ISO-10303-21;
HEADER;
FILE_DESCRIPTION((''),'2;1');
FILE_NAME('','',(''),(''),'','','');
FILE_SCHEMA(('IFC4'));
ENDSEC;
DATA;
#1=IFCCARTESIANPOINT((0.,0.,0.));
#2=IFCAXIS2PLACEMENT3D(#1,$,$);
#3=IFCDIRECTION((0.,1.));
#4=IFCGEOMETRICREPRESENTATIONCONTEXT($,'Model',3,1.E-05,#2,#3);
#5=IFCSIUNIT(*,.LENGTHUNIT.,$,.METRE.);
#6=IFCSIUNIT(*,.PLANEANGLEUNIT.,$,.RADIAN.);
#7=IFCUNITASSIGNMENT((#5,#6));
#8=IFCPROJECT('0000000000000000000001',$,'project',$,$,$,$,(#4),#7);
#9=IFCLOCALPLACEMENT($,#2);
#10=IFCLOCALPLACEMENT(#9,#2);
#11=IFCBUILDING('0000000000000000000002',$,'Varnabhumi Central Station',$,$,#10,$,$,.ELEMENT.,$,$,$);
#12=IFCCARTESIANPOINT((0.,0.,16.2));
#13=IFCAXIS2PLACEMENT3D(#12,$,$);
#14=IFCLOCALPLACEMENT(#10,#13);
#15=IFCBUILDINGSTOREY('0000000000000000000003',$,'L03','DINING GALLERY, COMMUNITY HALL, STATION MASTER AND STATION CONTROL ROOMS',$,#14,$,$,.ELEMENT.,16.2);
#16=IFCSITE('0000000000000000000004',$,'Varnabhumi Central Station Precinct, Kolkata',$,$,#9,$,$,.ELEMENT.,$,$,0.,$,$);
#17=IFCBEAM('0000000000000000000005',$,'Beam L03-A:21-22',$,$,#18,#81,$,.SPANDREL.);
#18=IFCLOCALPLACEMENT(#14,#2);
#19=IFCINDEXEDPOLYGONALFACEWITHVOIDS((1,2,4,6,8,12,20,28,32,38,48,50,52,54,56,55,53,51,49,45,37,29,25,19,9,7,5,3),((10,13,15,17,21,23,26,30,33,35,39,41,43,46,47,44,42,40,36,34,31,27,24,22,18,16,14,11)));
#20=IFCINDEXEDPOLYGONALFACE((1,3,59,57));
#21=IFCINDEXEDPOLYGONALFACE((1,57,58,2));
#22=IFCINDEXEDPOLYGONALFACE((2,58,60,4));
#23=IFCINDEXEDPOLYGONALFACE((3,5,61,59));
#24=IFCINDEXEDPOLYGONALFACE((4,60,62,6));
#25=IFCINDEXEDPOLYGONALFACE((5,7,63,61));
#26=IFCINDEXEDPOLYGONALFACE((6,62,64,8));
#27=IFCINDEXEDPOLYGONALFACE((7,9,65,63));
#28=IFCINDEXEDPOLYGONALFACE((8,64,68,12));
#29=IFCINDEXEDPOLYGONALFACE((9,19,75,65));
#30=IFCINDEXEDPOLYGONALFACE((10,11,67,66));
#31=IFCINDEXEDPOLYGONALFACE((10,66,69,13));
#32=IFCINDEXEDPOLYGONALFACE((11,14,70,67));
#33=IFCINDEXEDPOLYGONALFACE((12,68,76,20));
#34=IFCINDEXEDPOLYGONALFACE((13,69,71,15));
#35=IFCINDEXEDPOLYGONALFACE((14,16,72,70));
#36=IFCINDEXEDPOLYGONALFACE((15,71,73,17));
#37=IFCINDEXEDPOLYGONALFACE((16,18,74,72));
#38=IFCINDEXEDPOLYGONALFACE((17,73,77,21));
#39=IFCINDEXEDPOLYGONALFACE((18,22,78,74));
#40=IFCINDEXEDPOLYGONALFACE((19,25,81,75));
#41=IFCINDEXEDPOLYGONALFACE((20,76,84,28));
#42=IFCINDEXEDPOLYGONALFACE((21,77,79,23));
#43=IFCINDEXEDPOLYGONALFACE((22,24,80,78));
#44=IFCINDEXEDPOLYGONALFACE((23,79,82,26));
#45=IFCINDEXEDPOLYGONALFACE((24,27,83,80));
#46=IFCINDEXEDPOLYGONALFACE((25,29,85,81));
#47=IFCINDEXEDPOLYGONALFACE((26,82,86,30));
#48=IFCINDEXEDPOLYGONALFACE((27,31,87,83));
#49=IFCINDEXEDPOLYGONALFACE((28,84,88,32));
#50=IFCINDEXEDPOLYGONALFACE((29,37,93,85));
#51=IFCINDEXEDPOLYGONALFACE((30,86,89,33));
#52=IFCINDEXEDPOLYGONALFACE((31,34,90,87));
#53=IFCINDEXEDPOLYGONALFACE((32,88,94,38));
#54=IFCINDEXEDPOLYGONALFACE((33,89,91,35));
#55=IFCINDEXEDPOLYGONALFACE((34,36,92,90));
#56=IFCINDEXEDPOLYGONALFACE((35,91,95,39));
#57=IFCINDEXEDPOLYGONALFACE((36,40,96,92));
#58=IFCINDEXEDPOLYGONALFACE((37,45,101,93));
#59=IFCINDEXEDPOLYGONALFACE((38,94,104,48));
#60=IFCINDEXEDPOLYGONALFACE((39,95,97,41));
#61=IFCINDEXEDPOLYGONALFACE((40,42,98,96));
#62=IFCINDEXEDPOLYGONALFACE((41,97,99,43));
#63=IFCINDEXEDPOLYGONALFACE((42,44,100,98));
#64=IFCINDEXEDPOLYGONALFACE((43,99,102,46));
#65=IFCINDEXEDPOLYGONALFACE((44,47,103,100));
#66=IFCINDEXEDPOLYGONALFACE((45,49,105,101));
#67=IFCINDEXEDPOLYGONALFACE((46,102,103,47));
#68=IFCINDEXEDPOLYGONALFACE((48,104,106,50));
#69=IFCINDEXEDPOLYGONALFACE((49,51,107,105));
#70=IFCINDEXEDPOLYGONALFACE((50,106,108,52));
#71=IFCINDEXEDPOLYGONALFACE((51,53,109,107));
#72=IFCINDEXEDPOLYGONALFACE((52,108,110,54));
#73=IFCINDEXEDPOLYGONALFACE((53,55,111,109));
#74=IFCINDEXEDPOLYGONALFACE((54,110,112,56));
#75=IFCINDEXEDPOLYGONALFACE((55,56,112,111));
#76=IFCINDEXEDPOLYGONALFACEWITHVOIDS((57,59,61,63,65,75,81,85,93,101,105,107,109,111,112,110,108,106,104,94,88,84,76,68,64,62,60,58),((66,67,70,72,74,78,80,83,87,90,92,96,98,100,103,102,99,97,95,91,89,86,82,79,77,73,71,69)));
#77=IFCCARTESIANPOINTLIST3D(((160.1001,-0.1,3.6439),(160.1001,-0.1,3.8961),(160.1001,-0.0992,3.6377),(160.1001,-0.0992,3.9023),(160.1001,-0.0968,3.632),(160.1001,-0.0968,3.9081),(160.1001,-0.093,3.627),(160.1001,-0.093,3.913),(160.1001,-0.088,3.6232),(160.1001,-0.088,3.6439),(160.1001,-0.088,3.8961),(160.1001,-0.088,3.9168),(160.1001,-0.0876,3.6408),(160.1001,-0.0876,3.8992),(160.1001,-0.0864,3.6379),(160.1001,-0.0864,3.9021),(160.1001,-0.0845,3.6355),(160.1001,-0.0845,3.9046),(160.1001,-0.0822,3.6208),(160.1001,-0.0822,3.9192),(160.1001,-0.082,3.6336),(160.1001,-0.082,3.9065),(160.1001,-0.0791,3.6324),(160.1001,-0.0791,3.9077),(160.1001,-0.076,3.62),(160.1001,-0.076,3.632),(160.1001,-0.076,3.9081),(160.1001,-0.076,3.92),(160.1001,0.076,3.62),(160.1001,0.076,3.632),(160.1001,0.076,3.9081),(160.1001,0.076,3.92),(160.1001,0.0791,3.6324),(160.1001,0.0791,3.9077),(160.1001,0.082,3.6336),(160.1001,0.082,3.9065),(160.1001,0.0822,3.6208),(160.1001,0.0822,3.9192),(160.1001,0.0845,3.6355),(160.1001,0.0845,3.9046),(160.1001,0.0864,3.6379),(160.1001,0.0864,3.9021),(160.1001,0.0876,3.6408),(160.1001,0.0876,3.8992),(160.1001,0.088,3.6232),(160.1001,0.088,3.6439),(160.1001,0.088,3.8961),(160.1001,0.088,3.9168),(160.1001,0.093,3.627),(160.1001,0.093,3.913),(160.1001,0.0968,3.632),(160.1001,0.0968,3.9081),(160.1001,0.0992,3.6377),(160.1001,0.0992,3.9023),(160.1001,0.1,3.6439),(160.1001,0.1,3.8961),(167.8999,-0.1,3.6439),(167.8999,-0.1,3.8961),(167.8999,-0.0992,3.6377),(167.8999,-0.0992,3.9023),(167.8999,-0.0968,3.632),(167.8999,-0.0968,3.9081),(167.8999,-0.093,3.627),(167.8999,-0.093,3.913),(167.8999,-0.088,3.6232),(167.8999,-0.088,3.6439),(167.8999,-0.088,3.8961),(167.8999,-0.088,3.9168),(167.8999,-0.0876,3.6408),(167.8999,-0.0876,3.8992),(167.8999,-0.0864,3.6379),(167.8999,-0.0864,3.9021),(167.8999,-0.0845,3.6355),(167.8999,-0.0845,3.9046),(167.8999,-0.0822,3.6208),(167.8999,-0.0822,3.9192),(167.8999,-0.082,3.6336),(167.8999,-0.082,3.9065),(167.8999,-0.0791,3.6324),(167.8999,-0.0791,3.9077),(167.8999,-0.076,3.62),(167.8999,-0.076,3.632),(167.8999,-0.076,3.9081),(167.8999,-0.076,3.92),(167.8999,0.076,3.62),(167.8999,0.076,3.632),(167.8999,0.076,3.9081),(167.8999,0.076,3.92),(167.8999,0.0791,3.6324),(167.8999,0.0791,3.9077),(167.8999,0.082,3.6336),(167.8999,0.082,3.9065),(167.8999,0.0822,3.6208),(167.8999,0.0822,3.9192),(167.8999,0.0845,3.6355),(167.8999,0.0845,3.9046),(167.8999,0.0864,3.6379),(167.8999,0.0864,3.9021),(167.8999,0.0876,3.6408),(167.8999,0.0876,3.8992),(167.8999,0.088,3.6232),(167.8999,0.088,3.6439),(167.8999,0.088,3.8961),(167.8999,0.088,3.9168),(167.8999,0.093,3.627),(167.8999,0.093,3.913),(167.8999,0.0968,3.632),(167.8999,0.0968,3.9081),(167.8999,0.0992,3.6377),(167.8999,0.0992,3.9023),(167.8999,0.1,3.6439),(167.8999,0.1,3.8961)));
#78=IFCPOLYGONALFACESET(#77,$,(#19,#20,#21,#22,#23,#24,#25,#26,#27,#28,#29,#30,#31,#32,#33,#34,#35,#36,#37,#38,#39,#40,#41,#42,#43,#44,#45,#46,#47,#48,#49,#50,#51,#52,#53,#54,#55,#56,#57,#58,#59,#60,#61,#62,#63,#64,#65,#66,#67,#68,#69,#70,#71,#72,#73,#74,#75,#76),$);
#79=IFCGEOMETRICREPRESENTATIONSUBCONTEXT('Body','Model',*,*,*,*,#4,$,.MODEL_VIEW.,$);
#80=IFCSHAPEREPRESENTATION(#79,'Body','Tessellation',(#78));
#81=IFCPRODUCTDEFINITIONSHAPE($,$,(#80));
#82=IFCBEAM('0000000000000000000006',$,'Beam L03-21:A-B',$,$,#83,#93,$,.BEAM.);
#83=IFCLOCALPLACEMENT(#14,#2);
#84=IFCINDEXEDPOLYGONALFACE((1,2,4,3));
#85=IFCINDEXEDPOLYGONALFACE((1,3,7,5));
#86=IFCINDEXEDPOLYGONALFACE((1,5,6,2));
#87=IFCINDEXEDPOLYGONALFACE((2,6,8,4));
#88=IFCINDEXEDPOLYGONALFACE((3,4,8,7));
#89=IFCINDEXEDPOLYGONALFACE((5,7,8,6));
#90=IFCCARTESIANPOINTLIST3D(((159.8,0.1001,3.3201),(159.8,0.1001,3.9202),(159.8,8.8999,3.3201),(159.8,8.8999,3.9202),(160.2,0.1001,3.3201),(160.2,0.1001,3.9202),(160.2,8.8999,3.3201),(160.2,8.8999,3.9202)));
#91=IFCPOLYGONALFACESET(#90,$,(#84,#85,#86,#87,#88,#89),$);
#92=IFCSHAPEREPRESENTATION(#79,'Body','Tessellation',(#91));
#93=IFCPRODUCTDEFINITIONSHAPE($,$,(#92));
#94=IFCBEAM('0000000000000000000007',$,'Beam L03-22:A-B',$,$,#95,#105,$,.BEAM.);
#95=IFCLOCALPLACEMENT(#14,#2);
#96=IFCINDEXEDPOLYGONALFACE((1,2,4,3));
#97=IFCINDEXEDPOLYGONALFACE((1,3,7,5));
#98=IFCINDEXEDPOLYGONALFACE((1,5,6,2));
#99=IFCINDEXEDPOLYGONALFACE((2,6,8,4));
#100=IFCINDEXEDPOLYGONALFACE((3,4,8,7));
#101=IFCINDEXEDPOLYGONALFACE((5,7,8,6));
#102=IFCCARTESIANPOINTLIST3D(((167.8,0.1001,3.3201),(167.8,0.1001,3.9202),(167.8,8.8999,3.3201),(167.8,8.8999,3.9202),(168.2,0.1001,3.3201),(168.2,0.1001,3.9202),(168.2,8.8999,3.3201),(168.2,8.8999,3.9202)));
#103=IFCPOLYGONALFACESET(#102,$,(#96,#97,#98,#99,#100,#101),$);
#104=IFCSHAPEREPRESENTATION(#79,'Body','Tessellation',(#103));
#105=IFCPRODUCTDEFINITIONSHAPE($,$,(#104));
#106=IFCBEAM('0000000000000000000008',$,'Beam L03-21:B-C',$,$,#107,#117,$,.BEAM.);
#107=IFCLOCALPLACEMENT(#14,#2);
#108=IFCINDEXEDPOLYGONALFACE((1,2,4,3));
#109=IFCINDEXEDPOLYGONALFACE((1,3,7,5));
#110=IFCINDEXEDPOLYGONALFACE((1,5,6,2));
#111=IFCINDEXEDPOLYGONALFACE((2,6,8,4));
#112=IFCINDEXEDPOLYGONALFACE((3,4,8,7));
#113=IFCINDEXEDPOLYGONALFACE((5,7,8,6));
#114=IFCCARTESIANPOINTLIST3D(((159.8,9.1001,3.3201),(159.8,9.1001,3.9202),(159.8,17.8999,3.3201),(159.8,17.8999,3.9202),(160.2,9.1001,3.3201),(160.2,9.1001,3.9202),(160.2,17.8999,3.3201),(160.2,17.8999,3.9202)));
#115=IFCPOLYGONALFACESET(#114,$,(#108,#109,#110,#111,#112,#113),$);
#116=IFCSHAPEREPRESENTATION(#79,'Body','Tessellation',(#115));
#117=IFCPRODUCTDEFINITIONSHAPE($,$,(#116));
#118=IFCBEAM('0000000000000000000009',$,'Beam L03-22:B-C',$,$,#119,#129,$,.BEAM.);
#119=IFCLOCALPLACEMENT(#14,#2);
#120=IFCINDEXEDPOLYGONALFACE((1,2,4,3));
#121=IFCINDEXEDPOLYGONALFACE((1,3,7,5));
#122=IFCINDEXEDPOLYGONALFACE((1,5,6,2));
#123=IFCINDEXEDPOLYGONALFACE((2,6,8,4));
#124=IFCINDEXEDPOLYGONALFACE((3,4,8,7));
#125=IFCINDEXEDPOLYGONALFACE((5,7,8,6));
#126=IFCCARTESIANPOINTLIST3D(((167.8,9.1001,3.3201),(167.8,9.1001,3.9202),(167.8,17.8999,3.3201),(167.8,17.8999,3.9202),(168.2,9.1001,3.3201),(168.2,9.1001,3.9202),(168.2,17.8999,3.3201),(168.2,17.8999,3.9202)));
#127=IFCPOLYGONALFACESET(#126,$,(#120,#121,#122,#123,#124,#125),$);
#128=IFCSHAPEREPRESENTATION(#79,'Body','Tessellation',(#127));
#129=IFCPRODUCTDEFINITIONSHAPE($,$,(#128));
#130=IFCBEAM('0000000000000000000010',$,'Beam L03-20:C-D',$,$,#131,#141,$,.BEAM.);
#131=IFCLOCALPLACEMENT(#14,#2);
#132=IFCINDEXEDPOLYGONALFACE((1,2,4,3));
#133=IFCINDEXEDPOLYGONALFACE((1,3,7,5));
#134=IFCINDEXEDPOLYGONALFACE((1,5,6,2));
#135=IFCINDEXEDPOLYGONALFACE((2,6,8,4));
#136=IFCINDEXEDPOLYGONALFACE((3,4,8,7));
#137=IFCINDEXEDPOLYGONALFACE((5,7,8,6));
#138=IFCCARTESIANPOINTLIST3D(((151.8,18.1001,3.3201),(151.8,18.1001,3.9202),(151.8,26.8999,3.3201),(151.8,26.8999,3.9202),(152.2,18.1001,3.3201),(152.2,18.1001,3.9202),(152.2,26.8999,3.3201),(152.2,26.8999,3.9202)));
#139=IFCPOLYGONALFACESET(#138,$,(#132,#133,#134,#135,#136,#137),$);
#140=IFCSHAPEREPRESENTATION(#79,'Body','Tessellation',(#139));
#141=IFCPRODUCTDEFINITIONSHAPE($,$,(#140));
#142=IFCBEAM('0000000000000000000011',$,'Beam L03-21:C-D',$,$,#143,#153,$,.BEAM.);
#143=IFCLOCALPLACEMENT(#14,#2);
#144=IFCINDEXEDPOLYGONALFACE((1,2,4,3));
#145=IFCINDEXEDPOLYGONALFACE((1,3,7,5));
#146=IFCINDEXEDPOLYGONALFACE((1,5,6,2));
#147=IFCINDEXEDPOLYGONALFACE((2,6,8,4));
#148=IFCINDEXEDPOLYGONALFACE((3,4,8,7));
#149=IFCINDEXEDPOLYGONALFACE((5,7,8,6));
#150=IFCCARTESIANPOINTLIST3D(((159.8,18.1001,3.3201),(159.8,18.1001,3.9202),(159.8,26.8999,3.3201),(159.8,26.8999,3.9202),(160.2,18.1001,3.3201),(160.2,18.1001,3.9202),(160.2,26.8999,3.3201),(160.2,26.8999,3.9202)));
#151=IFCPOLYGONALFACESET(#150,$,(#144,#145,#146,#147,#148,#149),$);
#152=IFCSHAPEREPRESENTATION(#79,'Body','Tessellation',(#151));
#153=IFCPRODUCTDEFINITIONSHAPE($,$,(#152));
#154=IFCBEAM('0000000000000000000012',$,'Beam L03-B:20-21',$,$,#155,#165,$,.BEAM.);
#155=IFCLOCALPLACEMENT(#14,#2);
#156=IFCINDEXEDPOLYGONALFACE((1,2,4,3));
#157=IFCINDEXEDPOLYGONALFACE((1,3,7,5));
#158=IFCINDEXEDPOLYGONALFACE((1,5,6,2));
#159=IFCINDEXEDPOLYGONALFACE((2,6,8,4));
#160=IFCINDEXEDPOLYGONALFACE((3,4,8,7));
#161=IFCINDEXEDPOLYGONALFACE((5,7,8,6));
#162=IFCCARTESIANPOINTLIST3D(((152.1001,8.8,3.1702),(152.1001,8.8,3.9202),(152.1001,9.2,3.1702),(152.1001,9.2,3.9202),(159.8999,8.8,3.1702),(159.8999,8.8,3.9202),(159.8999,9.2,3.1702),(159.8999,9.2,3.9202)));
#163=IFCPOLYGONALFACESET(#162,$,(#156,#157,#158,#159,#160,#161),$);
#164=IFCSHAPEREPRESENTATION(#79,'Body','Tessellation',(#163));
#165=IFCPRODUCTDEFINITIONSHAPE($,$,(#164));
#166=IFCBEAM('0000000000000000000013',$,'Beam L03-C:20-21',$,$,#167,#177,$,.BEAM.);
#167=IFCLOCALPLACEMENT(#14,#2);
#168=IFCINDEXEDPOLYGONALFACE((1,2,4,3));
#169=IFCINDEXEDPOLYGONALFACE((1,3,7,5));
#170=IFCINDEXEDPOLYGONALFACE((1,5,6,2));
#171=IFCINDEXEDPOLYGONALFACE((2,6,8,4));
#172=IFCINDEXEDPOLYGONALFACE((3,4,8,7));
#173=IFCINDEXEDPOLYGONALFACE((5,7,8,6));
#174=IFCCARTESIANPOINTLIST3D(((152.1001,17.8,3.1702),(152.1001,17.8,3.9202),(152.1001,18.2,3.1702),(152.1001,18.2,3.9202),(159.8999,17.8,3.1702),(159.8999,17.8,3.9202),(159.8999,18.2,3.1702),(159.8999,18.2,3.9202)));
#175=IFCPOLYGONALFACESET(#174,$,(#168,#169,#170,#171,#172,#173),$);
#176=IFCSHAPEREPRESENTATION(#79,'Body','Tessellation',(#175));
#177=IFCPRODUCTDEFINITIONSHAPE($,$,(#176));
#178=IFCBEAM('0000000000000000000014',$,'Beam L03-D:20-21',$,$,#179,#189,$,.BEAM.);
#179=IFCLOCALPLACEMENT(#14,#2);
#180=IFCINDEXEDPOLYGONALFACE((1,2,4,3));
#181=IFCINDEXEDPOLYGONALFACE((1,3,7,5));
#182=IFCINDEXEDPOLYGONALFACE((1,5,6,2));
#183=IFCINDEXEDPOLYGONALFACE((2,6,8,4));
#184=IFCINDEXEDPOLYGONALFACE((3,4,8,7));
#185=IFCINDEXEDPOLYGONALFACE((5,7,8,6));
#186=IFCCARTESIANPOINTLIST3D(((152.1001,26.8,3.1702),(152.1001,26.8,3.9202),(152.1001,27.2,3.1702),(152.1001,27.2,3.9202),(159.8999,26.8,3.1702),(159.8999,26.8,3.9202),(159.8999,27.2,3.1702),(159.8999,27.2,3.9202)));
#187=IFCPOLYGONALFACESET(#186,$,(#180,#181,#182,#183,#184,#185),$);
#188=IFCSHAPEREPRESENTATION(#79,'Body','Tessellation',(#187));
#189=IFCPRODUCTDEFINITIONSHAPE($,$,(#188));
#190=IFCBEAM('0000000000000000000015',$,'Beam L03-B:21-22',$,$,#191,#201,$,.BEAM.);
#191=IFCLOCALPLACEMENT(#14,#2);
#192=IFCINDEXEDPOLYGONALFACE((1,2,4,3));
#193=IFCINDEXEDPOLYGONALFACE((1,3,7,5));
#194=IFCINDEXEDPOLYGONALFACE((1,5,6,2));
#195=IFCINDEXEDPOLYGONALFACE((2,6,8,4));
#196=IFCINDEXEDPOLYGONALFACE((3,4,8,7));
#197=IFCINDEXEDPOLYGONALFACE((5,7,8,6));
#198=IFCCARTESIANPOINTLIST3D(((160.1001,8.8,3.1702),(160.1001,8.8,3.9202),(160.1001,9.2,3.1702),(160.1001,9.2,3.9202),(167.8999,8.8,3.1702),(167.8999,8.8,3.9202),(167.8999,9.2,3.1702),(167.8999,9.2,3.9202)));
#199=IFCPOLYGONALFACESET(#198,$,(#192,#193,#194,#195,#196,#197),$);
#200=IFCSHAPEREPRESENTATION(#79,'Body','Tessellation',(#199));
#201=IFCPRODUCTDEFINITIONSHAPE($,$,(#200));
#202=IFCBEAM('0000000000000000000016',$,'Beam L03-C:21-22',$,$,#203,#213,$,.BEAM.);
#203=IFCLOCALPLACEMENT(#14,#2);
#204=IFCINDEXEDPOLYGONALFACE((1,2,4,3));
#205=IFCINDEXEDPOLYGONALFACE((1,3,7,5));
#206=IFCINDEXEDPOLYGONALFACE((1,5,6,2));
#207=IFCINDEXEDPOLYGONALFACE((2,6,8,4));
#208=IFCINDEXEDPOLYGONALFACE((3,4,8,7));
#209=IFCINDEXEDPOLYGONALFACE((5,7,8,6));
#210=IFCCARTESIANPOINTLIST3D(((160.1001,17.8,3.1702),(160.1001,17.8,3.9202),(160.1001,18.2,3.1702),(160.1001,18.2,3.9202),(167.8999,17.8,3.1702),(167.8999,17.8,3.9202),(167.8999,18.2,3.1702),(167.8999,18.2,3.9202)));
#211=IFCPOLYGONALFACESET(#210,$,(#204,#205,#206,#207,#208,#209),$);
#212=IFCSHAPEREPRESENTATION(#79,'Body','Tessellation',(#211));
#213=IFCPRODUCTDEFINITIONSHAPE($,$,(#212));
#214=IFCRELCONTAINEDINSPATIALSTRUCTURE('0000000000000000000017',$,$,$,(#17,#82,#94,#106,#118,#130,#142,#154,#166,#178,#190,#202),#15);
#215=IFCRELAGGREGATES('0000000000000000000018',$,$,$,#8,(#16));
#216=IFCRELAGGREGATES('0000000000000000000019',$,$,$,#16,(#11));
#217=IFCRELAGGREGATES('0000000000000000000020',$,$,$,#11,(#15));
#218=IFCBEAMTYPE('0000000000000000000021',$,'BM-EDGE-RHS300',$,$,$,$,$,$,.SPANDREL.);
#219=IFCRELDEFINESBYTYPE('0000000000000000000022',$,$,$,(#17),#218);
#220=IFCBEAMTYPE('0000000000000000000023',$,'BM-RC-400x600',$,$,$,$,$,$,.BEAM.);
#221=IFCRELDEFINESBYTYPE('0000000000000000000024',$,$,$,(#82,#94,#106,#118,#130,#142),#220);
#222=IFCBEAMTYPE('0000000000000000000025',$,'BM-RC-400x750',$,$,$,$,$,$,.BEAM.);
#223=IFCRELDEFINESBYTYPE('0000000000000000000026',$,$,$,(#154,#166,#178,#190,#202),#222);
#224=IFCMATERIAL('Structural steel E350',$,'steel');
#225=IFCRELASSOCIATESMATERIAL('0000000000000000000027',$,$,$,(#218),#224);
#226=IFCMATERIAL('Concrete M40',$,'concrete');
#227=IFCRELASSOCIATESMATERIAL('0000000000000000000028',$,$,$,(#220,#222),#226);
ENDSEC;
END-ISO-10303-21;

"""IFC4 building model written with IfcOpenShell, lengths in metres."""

from ifc_helpers import new_model, si_unit, direction, frame, origin, origin_2d, place, context, subcontext, project, spatial, rectangle, hollow_rectangle, extrude, material, material_profile, profile_set, type_object, element, save


model = new_model("IFC4")

# Units and contexts
model_context = context("Model", 3, precision=1e-05, world=origin(), true_north=direction((0.0, 1.0)))
body_context = subcontext(model_context, "Body", "Model", "MODEL_VIEW")
ifc_project = project(units=[si_unit("LENGTHUNIT", "METRE"), si_unit("PLANEANGLEUNIT", "RADIAN")], contexts=[model_context])

# Site, building, storey
site_placement = place(None, origin())
site = spatial("IfcSite", under=ifc_project, at=site_placement, Name="Varnabhumi Central Station Precinct, Kolkata", CompositionType="ELEMENT", RefElevation=0.0)
building_placement = place(site_placement, origin())
building = spatial("IfcBuilding", under=site, at=building_placement, Name="Varnabhumi Central Station", CompositionType="ELEMENT")
storey_placement = place(building_placement, frame((0.0, 0.0, 16.2)))
storey = spatial("IfcBuildingStorey", under=building, at=storey_placement, Name="L03", Description="DINING GALLERY, COMMUNITY HALL, STATION MASTER AND STATION CONTROL ROOMS", CompositionType="ELEMENT", Elevation=16.2)

# Shared definitions
ifc_material_1 = material(Name="Concrete M40", Category="concrete")

# Beams
ifc_material_2 = material(Name="Structural steel E350", Category="steel")
ifc_material_profile_1 = material_profile(ifc_material_2, hollow_rectangle(XDim=0.2, YDim=0.3, WallThickness=0.012, InnerFilletRadius=0.012, OuterFilletRadius=0.0239, at=origin_2d()), Name="Structural steel E350", Category="steel")
ifc_profile_set_1 = profile_set([ifc_material_profile_1], Name="Structural steel E350")
beam_type_1 = type_object("IfcBeamType", Name="BM-EDGE-RHS300", PredefinedType="SPANDREL", material=ifc_profile_set_1)
for number, where, z_axis, x_axis, name in (
    (1, (160.1001, 0.0, 3.77), (1.0, 0.0, 0.0), (0.0, 1.0, 0.0), "Beam L03-A:21-22"),
):
    element("IfcBeam", number, at=place(storey_placement, frame(where, z_axis=z_axis, x_axis=x_axis)), inside=storey, type_object=beam_type_1, Name=name, PredefinedType="SPANDREL", context=body_context, shape_type="SweptSolid", body=[
        extrude(hollow_rectangle(XDim=0.2, YDim=0.3, WallThickness=0.012, InnerFilletRadius=0.012, OuterFilletRadius=0.0239, at=origin_2d()), origin(), (0.0, 0.0, 1.0), 7.7998),
    ])
ifc_material_profile_2 = material_profile(ifc_material_1, rectangle(XDim=0.3999, YDim=0.6001, at=origin_2d()), Name="Concrete M40", Category="concrete")
ifc_profile_set_2 = profile_set([ifc_material_profile_2], Name="Concrete M40")
beam_type_2 = type_object("IfcBeamType", Name="BM-RC-400x600", PredefinedType="BEAM", material=ifc_profile_set_2)
for number, where, z_axis, x_axis, name in (
    (2, (160.0, 0.1001, 3.6201), (0.0, 1.0, 0.0), (-1.0, 0.0, 0.0), "Beam L03-21:A-B"),
    (3, (168.0, 0.1001, 3.6201), (0.0, 1.0, 0.0), (-1.0, 0.0, 0.0), "Beam L03-22:A-B"),
    (4, (160.0, 9.1001, 3.6201), (0.0, 1.0, 0.0), (-1.0, 0.0, 0.0), "Beam L03-21:B-C"),
    (5, (168.0, 9.1001, 3.6201), (0.0, 1.0, 0.0), (-1.0, 0.0, 0.0), "Beam L03-22:B-C"),
    (6, (152.0, 18.1001, 3.6201), (0.0, 1.0, 0.0), (-1.0, 0.0, 0.0), "Beam L03-20:C-D"),
    (7, (160.0, 18.1001, 3.6201), (0.0, 1.0, 0.0), (-1.0, 0.0, 0.0), "Beam L03-21:C-D"),
):
    element("IfcBeam", number, at=place(storey_placement, frame(where, z_axis=z_axis, x_axis=x_axis)), inside=storey, type_object=beam_type_2, Name=name, PredefinedType="BEAM", context=body_context, shape_type="SweptSolid", body=[
        extrude(rectangle(XDim=0.3999, YDim=0.6001, at=origin_2d()), origin(), (0.0, 0.0, 1.0), 8.7998),
    ])
ifc_material_profile_3 = material_profile(ifc_material_1, rectangle(XDim=0.3999, YDim=0.75, at=origin_2d()), Name="Concrete M40", Category="concrete")
ifc_profile_set_3 = profile_set([ifc_material_profile_3], Name="Concrete M40")
beam_type_3 = type_object("IfcBeamType", Name="BM-RC-400x750", PredefinedType="BEAM", material=ifc_profile_set_3)
for number, where, z_axis, x_axis, name in (
    (8, (152.1001, 9.0, 3.5452), (1.0, 0.0, 0.0), (0.0, 1.0, 0.0), "Beam L03-B:20-21"),
    (9, (152.1001, 18.0, 3.5452), (1.0, 0.0, 0.0), (0.0, 1.0, 0.0), "Beam L03-C:20-21"),
    (10, (152.1001, 27.0, 3.5452), (1.0, 0.0, 0.0), (0.0, 1.0, 0.0), "Beam L03-D:20-21"),
    (11, (160.1001, 9.0, 3.5452), (1.0, 0.0, 0.0), (0.0, 1.0, 0.0), "Beam L03-B:21-22"),
    (12, (160.1001, 18.0, 3.5452), (1.0, 0.0, 0.0), (0.0, 1.0, 0.0), "Beam L03-C:21-22"),
):
    element("IfcBeam", number, at=place(storey_placement, frame(where, z_axis=z_axis, x_axis=x_axis)), inside=storey, type_object=beam_type_3, Name=name, PredefinedType="BEAM", context=body_context, shape_type="SweptSolid", body=[
        extrude(rectangle(XDim=0.3999, YDim=0.75, at=origin_2d()), origin(), (0.0, 0.0, 1.0), 7.7998),
    ])

save(model, "model.ifc")
